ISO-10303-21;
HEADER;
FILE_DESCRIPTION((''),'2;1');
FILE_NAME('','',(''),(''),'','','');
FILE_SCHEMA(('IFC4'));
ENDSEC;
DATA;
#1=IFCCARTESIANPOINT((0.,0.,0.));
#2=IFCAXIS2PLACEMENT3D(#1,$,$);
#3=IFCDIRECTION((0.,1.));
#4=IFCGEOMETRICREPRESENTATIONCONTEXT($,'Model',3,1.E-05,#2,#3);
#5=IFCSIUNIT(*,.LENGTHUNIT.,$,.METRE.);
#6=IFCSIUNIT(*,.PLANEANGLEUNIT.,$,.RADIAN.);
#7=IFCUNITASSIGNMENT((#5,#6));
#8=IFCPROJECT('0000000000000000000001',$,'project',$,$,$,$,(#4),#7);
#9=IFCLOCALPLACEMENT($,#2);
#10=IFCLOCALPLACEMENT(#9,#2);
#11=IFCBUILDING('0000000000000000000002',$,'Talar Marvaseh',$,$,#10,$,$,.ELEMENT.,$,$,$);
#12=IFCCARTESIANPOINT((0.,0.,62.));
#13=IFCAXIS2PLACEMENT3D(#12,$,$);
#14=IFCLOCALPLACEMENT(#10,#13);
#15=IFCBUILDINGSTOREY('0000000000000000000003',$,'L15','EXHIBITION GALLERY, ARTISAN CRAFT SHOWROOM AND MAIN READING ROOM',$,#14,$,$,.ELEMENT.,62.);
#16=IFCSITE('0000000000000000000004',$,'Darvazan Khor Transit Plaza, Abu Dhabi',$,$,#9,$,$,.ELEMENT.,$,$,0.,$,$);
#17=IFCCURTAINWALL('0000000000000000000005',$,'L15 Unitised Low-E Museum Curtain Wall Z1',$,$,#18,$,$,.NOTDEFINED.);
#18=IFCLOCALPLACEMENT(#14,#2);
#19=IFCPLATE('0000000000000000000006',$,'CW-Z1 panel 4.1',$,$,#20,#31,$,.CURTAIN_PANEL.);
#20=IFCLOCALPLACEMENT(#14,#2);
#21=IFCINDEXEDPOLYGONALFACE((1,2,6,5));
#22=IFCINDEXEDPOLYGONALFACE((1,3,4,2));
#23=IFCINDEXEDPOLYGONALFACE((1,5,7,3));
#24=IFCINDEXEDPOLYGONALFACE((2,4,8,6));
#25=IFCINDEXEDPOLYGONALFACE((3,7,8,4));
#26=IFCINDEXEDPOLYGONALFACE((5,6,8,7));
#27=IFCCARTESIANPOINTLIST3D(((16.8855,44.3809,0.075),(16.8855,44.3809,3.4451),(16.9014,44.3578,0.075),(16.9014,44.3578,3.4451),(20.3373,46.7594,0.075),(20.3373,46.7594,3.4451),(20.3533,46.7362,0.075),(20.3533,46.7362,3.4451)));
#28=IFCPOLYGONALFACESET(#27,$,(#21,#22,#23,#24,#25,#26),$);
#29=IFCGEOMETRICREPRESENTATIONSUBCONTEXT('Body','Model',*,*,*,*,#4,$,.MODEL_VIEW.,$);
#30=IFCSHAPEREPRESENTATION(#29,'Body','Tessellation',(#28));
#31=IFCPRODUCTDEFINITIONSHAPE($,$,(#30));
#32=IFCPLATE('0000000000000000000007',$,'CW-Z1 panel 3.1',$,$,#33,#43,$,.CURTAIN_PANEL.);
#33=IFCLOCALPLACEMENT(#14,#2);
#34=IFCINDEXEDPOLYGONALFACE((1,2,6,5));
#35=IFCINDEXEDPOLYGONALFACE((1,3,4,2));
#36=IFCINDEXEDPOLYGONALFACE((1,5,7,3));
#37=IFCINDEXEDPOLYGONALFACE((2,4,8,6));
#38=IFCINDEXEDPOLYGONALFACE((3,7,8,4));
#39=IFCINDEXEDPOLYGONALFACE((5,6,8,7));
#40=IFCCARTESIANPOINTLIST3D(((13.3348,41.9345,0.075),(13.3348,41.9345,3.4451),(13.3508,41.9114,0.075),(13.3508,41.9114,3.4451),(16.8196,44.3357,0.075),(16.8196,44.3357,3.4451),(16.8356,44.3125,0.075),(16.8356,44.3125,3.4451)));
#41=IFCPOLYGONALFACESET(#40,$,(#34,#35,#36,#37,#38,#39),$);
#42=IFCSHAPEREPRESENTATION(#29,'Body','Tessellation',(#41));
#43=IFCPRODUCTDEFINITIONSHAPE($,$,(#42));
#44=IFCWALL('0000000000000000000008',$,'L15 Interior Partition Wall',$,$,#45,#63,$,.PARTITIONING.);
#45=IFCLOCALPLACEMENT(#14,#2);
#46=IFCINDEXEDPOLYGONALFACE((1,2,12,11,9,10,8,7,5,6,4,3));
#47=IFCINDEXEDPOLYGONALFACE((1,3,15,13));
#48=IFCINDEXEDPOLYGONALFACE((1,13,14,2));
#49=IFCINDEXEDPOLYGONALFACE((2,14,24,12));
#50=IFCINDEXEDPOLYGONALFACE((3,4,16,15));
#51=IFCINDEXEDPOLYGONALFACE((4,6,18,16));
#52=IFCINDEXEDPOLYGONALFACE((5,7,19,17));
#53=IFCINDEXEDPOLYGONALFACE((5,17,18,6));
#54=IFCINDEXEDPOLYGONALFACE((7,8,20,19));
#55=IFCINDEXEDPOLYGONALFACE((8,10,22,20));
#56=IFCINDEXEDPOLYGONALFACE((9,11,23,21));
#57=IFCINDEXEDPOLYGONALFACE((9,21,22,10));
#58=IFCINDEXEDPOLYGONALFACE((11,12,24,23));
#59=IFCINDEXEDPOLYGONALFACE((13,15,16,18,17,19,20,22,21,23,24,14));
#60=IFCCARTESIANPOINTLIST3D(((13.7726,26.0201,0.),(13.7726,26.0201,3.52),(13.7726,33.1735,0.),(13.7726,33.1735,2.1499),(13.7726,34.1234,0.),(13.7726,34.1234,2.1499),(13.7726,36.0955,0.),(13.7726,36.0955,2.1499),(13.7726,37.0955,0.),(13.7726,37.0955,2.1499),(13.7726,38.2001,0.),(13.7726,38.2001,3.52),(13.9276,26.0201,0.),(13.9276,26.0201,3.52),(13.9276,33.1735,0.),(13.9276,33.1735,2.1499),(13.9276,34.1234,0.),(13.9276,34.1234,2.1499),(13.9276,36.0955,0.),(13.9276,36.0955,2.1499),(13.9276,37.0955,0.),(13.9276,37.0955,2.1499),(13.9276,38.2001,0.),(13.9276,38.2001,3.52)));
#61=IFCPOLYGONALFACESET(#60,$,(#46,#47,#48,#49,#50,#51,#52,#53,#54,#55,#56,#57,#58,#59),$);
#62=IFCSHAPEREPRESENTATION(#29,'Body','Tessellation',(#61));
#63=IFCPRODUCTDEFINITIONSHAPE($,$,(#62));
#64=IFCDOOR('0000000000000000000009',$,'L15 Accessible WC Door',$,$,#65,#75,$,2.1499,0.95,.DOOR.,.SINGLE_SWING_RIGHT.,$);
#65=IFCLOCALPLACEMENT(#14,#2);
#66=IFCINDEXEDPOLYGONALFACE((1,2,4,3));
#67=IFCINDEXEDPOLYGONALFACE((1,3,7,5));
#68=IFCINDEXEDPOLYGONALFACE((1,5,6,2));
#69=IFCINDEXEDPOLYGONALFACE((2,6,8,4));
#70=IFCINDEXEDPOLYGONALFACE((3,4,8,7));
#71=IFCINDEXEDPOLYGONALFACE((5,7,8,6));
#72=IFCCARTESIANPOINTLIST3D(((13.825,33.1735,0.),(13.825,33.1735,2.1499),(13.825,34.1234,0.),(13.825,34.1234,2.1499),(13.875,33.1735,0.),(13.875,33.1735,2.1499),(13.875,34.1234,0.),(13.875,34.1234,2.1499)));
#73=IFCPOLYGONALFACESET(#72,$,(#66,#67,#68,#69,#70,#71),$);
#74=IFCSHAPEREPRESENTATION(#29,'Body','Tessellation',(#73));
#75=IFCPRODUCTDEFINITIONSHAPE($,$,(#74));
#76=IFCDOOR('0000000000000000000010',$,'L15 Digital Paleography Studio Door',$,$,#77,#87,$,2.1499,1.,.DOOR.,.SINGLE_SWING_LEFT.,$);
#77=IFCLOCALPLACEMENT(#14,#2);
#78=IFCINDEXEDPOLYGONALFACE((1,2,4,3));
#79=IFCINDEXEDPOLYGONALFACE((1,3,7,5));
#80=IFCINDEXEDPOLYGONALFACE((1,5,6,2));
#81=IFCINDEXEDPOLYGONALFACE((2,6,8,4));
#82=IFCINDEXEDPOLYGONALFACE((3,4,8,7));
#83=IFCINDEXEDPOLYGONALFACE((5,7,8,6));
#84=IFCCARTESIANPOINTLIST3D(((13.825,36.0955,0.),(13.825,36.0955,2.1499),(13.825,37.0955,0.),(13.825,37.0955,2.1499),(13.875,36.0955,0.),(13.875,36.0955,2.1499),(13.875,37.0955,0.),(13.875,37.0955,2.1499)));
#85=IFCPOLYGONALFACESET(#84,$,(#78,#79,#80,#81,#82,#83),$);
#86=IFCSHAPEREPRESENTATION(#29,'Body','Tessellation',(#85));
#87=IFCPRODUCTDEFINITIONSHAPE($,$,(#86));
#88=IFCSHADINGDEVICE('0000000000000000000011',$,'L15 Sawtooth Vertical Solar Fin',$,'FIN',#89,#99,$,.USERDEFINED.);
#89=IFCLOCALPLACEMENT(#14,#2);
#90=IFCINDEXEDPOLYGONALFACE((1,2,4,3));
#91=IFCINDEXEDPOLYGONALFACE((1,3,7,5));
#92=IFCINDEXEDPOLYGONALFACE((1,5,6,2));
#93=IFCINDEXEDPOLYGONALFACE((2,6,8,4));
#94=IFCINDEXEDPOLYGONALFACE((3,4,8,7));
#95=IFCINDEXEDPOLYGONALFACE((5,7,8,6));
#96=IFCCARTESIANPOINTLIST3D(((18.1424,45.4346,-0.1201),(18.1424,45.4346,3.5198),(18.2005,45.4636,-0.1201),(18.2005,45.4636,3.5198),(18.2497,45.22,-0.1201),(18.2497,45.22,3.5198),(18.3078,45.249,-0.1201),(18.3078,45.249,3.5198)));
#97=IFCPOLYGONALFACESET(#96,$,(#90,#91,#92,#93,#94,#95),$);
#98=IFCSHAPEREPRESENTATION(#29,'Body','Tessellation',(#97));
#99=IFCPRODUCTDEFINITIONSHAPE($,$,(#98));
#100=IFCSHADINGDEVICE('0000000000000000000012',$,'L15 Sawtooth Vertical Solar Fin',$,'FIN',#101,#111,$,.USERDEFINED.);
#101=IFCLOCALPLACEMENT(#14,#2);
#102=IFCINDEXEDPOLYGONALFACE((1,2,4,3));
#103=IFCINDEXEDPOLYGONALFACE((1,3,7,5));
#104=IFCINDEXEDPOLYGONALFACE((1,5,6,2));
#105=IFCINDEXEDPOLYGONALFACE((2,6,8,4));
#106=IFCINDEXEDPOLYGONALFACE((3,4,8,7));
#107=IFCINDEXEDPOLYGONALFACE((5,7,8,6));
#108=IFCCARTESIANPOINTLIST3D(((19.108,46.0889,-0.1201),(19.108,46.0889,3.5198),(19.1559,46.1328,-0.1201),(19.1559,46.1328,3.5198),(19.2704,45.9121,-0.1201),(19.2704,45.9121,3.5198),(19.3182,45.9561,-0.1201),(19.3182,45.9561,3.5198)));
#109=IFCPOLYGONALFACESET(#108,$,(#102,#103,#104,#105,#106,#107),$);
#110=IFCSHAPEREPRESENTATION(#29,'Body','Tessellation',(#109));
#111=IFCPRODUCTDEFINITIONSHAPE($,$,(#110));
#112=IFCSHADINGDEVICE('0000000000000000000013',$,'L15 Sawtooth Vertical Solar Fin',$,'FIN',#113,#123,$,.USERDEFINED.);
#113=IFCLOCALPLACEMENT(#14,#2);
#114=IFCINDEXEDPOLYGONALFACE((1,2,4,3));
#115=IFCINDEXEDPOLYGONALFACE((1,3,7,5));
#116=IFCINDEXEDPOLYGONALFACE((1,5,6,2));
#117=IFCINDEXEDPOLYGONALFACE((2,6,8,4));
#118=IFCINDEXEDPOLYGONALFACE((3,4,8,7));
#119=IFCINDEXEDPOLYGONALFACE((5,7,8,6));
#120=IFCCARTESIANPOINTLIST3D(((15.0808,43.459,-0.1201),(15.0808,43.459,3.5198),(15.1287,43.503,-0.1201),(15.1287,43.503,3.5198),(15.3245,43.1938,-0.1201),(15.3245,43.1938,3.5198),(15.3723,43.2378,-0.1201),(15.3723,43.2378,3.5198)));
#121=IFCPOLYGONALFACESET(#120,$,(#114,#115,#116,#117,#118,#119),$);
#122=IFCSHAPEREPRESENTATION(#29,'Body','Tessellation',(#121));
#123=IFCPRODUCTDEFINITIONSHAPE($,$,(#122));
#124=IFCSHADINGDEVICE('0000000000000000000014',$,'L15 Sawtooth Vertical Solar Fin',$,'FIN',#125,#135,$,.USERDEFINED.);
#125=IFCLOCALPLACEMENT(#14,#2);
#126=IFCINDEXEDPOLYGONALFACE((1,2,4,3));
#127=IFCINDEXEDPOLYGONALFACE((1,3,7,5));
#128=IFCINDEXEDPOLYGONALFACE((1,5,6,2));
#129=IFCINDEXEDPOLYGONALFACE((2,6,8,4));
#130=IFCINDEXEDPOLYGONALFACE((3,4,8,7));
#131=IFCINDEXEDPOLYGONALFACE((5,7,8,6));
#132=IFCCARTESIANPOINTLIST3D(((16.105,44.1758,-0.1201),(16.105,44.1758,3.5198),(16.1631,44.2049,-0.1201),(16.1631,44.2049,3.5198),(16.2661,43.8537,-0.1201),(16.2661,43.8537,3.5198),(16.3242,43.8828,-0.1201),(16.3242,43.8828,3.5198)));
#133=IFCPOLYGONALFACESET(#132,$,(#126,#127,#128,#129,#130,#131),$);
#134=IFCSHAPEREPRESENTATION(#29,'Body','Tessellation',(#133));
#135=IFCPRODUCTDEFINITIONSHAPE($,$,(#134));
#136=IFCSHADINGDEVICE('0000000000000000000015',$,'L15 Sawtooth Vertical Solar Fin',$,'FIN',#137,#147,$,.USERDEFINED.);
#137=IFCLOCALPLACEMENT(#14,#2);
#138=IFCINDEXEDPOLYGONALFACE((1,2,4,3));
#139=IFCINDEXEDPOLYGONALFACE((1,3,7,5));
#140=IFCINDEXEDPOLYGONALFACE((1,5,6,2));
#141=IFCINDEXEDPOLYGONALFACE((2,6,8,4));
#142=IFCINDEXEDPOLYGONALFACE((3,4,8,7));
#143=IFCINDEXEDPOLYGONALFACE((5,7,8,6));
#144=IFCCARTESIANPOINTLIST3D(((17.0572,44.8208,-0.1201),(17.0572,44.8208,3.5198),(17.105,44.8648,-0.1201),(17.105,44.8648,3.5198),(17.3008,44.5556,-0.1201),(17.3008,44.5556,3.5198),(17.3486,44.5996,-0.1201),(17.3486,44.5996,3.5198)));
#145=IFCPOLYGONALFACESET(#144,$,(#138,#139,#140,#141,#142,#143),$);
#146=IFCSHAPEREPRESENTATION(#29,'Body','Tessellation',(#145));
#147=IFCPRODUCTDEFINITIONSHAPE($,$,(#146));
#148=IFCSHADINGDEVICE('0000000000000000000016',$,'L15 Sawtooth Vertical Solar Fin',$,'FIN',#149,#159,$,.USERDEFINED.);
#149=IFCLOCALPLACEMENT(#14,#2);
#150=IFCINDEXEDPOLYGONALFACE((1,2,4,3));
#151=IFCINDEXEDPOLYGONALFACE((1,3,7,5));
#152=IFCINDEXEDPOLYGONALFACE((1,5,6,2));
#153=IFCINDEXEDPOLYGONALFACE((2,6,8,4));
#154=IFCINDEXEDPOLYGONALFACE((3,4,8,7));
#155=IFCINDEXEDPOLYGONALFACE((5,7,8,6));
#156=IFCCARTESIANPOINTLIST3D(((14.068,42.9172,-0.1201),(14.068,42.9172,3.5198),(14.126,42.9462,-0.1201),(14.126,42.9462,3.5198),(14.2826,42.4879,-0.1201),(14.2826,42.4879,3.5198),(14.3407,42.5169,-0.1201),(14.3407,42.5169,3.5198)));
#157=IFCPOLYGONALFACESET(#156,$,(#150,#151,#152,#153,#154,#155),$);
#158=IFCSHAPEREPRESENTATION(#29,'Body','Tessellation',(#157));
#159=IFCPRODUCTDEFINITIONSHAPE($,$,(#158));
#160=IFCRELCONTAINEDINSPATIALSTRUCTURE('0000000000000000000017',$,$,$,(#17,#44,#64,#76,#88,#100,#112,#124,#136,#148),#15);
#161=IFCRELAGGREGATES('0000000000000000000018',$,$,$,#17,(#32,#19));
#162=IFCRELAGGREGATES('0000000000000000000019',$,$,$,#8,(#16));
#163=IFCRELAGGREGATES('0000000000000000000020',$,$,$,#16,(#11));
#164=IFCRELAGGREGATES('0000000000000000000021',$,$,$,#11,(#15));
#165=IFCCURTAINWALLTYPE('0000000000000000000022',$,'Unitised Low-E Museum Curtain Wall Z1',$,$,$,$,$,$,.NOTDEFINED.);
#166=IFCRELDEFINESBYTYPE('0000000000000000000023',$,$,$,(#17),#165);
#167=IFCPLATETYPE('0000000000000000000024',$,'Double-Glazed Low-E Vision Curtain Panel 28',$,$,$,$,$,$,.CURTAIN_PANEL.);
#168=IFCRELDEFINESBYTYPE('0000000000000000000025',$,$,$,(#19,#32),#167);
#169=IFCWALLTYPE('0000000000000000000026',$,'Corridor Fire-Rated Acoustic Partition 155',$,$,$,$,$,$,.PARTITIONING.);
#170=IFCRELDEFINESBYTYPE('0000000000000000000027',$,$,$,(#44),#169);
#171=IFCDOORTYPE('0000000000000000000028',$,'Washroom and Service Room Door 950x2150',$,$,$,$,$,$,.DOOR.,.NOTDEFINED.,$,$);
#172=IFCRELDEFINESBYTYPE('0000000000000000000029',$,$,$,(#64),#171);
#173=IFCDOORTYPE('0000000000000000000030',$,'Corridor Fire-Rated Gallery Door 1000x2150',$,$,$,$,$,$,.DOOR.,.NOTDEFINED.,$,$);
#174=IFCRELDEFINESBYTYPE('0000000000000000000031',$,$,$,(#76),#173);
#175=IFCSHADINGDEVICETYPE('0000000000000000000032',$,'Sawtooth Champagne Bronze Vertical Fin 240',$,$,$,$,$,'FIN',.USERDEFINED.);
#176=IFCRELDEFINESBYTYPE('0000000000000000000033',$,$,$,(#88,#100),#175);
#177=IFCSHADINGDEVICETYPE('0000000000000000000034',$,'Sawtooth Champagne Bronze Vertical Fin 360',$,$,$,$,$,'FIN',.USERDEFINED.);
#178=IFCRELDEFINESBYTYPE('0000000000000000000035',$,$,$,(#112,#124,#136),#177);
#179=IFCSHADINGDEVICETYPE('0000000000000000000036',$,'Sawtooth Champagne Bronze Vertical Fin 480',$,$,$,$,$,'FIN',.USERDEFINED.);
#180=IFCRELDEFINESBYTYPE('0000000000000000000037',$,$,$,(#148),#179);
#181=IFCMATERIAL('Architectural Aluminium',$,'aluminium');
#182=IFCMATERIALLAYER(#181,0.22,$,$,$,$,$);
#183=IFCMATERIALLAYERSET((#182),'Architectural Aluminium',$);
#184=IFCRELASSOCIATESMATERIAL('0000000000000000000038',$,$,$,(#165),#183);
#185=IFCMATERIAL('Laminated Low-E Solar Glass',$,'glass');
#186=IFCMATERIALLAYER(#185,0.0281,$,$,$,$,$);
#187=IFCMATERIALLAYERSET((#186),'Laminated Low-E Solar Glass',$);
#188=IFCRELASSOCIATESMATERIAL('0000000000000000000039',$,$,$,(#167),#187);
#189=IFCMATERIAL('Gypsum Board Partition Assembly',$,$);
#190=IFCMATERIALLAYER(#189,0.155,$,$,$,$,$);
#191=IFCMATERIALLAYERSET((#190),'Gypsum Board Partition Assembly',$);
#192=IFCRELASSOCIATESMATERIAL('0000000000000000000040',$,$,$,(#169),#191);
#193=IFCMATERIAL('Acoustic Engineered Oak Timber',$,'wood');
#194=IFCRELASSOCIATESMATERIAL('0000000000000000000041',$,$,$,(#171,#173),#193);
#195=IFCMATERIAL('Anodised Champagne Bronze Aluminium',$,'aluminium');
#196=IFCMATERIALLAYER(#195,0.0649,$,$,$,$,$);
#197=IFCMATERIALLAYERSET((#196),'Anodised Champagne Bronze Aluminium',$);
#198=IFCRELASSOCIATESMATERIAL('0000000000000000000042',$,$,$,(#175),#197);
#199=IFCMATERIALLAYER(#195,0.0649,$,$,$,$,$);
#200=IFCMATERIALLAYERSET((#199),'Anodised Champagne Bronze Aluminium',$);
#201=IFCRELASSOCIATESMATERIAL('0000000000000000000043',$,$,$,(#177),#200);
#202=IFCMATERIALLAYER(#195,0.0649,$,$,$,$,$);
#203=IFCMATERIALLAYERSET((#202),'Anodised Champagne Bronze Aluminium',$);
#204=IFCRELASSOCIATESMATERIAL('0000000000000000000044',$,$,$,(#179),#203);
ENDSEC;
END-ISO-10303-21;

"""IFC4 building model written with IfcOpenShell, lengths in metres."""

from ifc_helpers import new_model, si_unit, direction, frame, frame_2d, origin, origin_2d, place, context, subcontext, project, spatial, rectangle, extrude, source, transform, mapped, material, layer, layer_set, type_object, type_shapes, element, fill, aggregate, save


model = new_model("IFC4")

# Units and contexts
model_context = context("Model", 3, precision=1e-05, world=origin(), true_north=direction((0.0, 1.0)))
body_context = subcontext(model_context, "Body", "Model", "MODEL_VIEW")
ifc_project = project(units=[si_unit("LENGTHUNIT", "METRE"), si_unit("PLANEANGLEUNIT", "RADIAN")], contexts=[model_context])

# Site, building, storey
site_placement = place(None, origin())
site = spatial("IfcSite", under=ifc_project, at=site_placement, Name="Darvazan Khor Transit Plaza, Abu Dhabi", CompositionType="ELEMENT", RefElevation=0.0)
building_placement = place(site_placement, origin())
building = spatial("IfcBuilding", under=site, at=building_placement, Name="Talar Marvaseh", CompositionType="ELEMENT")
storey_placement = place(building_placement, frame((0.0, 0.0, 62.0)))
storey = spatial("IfcBuildingStorey", under=building, at=storey_placement, Name="L15", Description="EXHIBITION GALLERY, ARTISAN CRAFT SHOWROOM AND MAIN READING ROOM", CompositionType="ELEMENT", Elevation=62.0)

# Curtain wall, plates
ifc_material_1 = material(Name="Architectural Aluminium", Category="aluminium")
ifc_layer_1 = layer(ifc_material_1, 0.22)
ifc_layer_set_1 = layer_set([ifc_layer_1], Name="Architectural Aluminium")
curtain_wall_type = type_object("IfcCurtainWallType", Name="Unitised Low-E Museum Curtain Wall Z1", PredefinedType="NOTDEFINED", material=ifc_layer_set_1)
curtain_wall_placement = place(storey_placement, origin())
curtain_wall = element("IfcCurtainWall", 1, at=curtain_wall_placement, inside=storey, type_object=curtain_wall_type, Name="L15 Unitised Low-E Museum Curtain Wall Z1", PredefinedType="NOTDEFINED")
ifc_material_2 = material(Name="Laminated Low-E Solar Glass", Category="glass")
ifc_layer_2 = layer(ifc_material_2, 0.0281)
ifc_layer_set_2 = layer_set([ifc_layer_2], Name="Laminated Low-E Solar Glass")
plate_type = type_object("IfcPlateType", Name="Double-Glazed Low-E Vision Curtain Panel 28", PredefinedType="CURTAIN_PANEL", material=ifc_layer_set_2)
shared_shape_1 = source(origin(), body_context, "Body", "SweptSolid", [
    extrude(rectangle(XDim=4.1919, YDim=0.0281, at=origin_2d()), origin(), (0.0, 0.0, 1.0), 3.3701),
])
plate_1_placement = place(storey_placement, frame((18.6194, 45.5586, 0.075), z_axis=(0.0, 0.0, 1.0), x_axis=(0.823454, 0.567383, 0.0)))
plate_1 = element("IfcPlate", 2, at=plate_1_placement, type_object=plate_type, Name="CW-Z1 panel 4.1", PredefinedType="CURTAIN_PANEL", context=body_context, shape_type="MappedRepresentation", body=[
    mapped(shared_shape_1, transform((0.0, 0.0, 0.0), x_axis=(1.0, 0.0, 0.0), y_axis=(0.0, 1.0, 0.0), z_axis=(0.0, 0.0, 1.0), scale=1.0)),
])
shared_shape_2 = source(origin(), body_context, "Body", "SweptSolid", [
    extrude(rectangle(XDim=4.2319, YDim=0.0281, at=origin_2d()), origin(), (0.0, 0.0, 1.0), 3.3701),
])
type_shapes(plate_type, [shared_shape_1, shared_shape_2])
plate_2_placement = place(storey_placement, frame((15.0852, 43.1235, 0.075), z_axis=(0.0, 0.0, 1.0), x_axis=(0.823454, 0.567383, 0.0)))
plate_2 = element("IfcPlate", 3, at=plate_2_placement, type_object=plate_type, Name="CW-Z1 panel 3.1", PredefinedType="CURTAIN_PANEL", context=body_context, shape_type="MappedRepresentation", body=[
    mapped(shared_shape_2, transform((0.0, 0.0, 0.0), x_axis=(1.0, 0.0, 0.0), y_axis=(0.0, 1.0, 0.0), z_axis=(0.0, 0.0, 1.0), scale=1.0)),
])
aggregate(curtain_wall, [plate_2, plate_1])

# Wall, openings, doors
ifc_material_3 = material(Name="Gypsum Board Partition Assembly")
ifc_layer_3 = layer(ifc_material_3, 0.155)
ifc_layer_set_3 = layer_set([ifc_layer_3], Name="Gypsum Board Partition Assembly")
wall_type = type_object("IfcWallType", Name="Corridor Fire-Rated Acoustic Partition 155", PredefinedType="PARTITIONING", material=ifc_layer_set_3)
wall_placement = place(storey_placement, frame((13.8501, 38.2, 0.0), z_axis=(0.0, 0.0, 1.0), x_axis=(0.0, -1.0, 0.0)))
wall = element("IfcWall", 4, at=wall_placement, inside=storey, type_object=wall_type, Name="L15 Interior Partition Wall", PredefinedType="PARTITIONING", context=body_context, shape_type="SweptSolid", body=[
    extrude(rectangle(XDim=12.1799, YDim=0.155, at=frame_2d((6.0898, 0.0))), origin(), (0.0, 0.0, 1.0), 3.52),
])
opening_1_placement = place(wall_placement, frame((1.1045, 0.0, 0.0)))
opening_1 = element("IfcOpeningElement", 5, at=opening_1_placement, cuts=wall, PredefinedType="OPENING", context=body_context, shape_type="SweptSolid", body=[
    extrude(rectangle(XDim=1.0, YDim=2.1499, at=frame_2d((0.5, 1.075))), frame((0.0, 0.0874, 0.0), z_axis=(0.0, -1.0, 0.0), x_axis=(1.0, 0.0, 0.0)), (0.0, 0.0, 1.0), 0.175),
])
opening_2_placement = place(wall_placement, frame((4.0764, 0.0, 0.0)))
opening_2 = element("IfcOpeningElement", 6, at=opening_2_placement, cuts=wall, PredefinedType="OPENING", context=body_context, shape_type="SweptSolid", body=[
    extrude(rectangle(XDim=0.95, YDim=2.1499, at=frame_2d((0.4751, 1.075))), frame((0.0, 0.0874, 0.0), z_axis=(0.0, -1.0, 0.0), x_axis=(1.0, 0.0, 0.0)), (0.0, 0.0, 1.0), 0.175),
])
ifc_material_4 = material(Name="Acoustic Engineered Oak Timber", Category="wood")
door_type_1 = type_object("IfcDoorType", Name="Washroom and Service Room Door 950x2150", OperationType="NOTDEFINED", PredefinedType="DOOR", material=ifc_material_4)
shared_shape_3 = source(origin(), body_context, "Body", "SweptSolid", [
    extrude(rectangle(XDim=0.95, YDim=2.1499, at=frame_2d((0.4751, 1.075))), frame((0.0, 0.0249, 0.0), z_axis=(0.0, -1.0, 0.0), x_axis=(1.0, 0.0, 0.0)), (0.0, 0.0, 1.0), 0.05),
])
type_shapes(door_type_1, [shared_shape_3])
door_1_placement = place(opening_2_placement, origin())
door_1 = element("IfcDoor", 7, at=door_1_placement, inside=storey, type_object=door_type_1, Name="L15 Accessible WC Door", OperationType="SINGLE_SWING_RIGHT", OverallHeight=2.1499, OverallWidth=0.95, PredefinedType="DOOR", context=body_context, shape_type="MappedRepresentation", body=[
    mapped(shared_shape_3, transform((0.0, 0.0, 0.0), x_axis=(1.0, 0.0, 0.0), y_axis=(0.0, 1.0, 0.0), z_axis=(0.0, 0.0, 1.0), scale=1.0)),
])
fill(opening_2, door_1)
door_type_2 = type_object("IfcDoorType", Name="Corridor Fire-Rated Gallery Door 1000x2150", OperationType="NOTDEFINED", PredefinedType="DOOR", material=ifc_material_4)
shared_shape_4 = source(origin(), body_context, "Body", "SweptSolid", [
    extrude(rectangle(XDim=1.0, YDim=2.1499, at=frame_2d((0.5, 1.075))), frame((0.0, 0.0249, 0.0), z_axis=(0.0, -1.0, 0.0), x_axis=(1.0, 0.0, 0.0)), (0.0, 0.0, 1.0), 0.05),
])
type_shapes(door_type_2, [shared_shape_4])
door_2_placement = place(opening_1_placement, origin())
door_2 = element("IfcDoor", 8, at=door_2_placement, inside=storey, type_object=door_type_2, Name="L15 Digital Paleography Studio Door", OperationType="SINGLE_SWING_LEFT", OverallHeight=2.1499, OverallWidth=1.0, PredefinedType="DOOR", context=body_context, shape_type="MappedRepresentation", body=[
    mapped(shared_shape_4, transform((0.0, 0.0, 0.0), x_axis=(1.0, 0.0, 0.0), y_axis=(0.0, 1.0, 0.0), z_axis=(0.0, 0.0, 1.0), scale=1.0)),
])
fill(opening_1, door_2)

# Shading devices
ifc_material_5 = material(Name="Anodised Champagne Bronze Aluminium", Category="aluminium")
ifc_layer_4 = layer(ifc_material_5, 0.0649)
ifc_layer_set_4 = layer_set([ifc_layer_4], Name="Anodised Champagne Bronze Aluminium")
shading_device_type_1 = type_object("IfcShadingDeviceType", Name="Sawtooth Champagne Bronze Vertical Fin 240", ElementType="FIN", PredefinedType="USERDEFINED", material=ifc_layer_set_4)
shared_shape_5 = source(origin(), body_context, "Body", "SweptSolid", [
    extrude(rectangle(XDim=0.24, YDim=0.0649, at=origin_2d()), origin(), (0.0, 0.0, 1.0), 3.6399),
])
type_shapes(shading_device_type_1, [shared_shape_5])
for number, where, z_axis, x_axis, name in (
    (9, (18.2251, 45.3418, -0.1201), (0.0, 0.0, 1.0), (-0.447291, 0.894389, 0.0), "L15 Sawtooth Vertical Solar Fin"),
    (10, (19.2131, 46.0225, -0.1201), (0.0, 0.0, 1.0), (-0.67649, 0.736451, 0.0), "L15 Sawtooth Vertical Solar Fin"),
):
    element("IfcShadingDevice", number, at=place(storey_placement, frame(where, z_axis=z_axis, x_axis=x_axis)), inside=storey, type_object=shading_device_type_1, Name=name, ObjectType="FIN", PredefinedType="USERDEFINED", context=body_context, shape_type="MappedRepresentation", body=[
        mapped(shared_shape_5, transform((0.0, 0.0, 0.0), x_axis=(1.0, 0.0, 0.0), y_axis=(0.0, 1.0, 0.0), z_axis=(0.0, 0.0, 1.0), scale=1.0)),
    ])
ifc_layer_5 = layer(ifc_material_5, 0.0649)
ifc_layer_set_5 = layer_set([ifc_layer_5], Name="Anodised Champagne Bronze Aluminium")
shading_device_type_2 = type_object("IfcShadingDeviceType", Name="Sawtooth Champagne Bronze Vertical Fin 360", ElementType="FIN", PredefinedType="USERDEFINED", material=ifc_layer_set_5)
shared_shape_6 = source(origin(), body_context, "Body", "SweptSolid", [
    extrude(rectangle(XDim=0.3601, YDim=0.0649, at=origin_2d()), origin(), (0.0, 0.0, 1.0), 3.6399),
])
type_shapes(shading_device_type_2, [shared_shape_6])
for number, where, z_axis, x_axis, name in (
    (11, (15.2266, 43.3484, -0.1201), (0.0, 0.0, 1.0), (-0.67649, 0.736451, 0.0), "L15 Sawtooth Vertical Solar Fin"),
    (12, (16.2146, 44.0293, -0.1201), (0.0, 0.0, 1.0), (-0.447291, 0.894389, 0.0), "L15 Sawtooth Vertical Solar Fin"),
    (13, (17.2029, 44.7102, -0.1201), (0.0, 0.0, 1.0), (-0.67649, 0.736451, 0.0), "L15 Sawtooth Vertical Solar Fin"),
):
    element("IfcShadingDevice", number, at=place(storey_placement, frame(where, z_axis=z_axis, x_axis=x_axis)), inside=storey, type_object=shading_device_type_2, Name=name, ObjectType="FIN", PredefinedType="USERDEFINED", context=body_context, shape_type="MappedRepresentation", body=[
        mapped(shared_shape_6, transform((0.0, 0.0, 0.0), x_axis=(1.0, 0.0, 0.0), y_axis=(0.0, 1.0, 0.0), z_axis=(0.0, 0.0, 1.0), scale=1.0)),
    ])
ifc_layer_6 = layer(ifc_material_5, 0.0649)
ifc_layer_set_6 = layer_set([ifc_layer_6], Name="Anodised Champagne Bronze Aluminium")
shading_device_type_3 = type_object("IfcShadingDeviceType", Name="Sawtooth Champagne Bronze Vertical Fin 480", ElementType="FIN", PredefinedType="USERDEFINED", material=ifc_layer_set_6)
shared_shape_7 = source(origin(), body_context, "Body", "SweptSolid", [
    extrude(rectangle(XDim=0.48, YDim=0.0649, at=origin_2d()), origin(), (0.0, 0.0, 1.0), 3.6399),
])
type_shapes(shading_device_type_3, [shared_shape_7])
shading_device_placement = place(storey_placement, frame((14.2043, 42.717, -0.1201), z_axis=(0.0, 0.0, 1.0), x_axis=(-0.447291, 0.894389, 0.0)))
element("IfcShadingDevice", 14, at=shading_device_placement, inside=storey, type_object=shading_device_type_3, Name="L15 Sawtooth Vertical Solar Fin", ObjectType="FIN", PredefinedType="USERDEFINED", context=body_context, shape_type="MappedRepresentation", body=[
    mapped(shared_shape_7, transform((0.0, 0.0, 0.0), x_axis=(1.0, 0.0, 0.0), y_axis=(0.0, 1.0, 0.0), z_axis=(0.0, 0.0, 1.0), scale=1.0)),
])

save(model, "model.ifc")
